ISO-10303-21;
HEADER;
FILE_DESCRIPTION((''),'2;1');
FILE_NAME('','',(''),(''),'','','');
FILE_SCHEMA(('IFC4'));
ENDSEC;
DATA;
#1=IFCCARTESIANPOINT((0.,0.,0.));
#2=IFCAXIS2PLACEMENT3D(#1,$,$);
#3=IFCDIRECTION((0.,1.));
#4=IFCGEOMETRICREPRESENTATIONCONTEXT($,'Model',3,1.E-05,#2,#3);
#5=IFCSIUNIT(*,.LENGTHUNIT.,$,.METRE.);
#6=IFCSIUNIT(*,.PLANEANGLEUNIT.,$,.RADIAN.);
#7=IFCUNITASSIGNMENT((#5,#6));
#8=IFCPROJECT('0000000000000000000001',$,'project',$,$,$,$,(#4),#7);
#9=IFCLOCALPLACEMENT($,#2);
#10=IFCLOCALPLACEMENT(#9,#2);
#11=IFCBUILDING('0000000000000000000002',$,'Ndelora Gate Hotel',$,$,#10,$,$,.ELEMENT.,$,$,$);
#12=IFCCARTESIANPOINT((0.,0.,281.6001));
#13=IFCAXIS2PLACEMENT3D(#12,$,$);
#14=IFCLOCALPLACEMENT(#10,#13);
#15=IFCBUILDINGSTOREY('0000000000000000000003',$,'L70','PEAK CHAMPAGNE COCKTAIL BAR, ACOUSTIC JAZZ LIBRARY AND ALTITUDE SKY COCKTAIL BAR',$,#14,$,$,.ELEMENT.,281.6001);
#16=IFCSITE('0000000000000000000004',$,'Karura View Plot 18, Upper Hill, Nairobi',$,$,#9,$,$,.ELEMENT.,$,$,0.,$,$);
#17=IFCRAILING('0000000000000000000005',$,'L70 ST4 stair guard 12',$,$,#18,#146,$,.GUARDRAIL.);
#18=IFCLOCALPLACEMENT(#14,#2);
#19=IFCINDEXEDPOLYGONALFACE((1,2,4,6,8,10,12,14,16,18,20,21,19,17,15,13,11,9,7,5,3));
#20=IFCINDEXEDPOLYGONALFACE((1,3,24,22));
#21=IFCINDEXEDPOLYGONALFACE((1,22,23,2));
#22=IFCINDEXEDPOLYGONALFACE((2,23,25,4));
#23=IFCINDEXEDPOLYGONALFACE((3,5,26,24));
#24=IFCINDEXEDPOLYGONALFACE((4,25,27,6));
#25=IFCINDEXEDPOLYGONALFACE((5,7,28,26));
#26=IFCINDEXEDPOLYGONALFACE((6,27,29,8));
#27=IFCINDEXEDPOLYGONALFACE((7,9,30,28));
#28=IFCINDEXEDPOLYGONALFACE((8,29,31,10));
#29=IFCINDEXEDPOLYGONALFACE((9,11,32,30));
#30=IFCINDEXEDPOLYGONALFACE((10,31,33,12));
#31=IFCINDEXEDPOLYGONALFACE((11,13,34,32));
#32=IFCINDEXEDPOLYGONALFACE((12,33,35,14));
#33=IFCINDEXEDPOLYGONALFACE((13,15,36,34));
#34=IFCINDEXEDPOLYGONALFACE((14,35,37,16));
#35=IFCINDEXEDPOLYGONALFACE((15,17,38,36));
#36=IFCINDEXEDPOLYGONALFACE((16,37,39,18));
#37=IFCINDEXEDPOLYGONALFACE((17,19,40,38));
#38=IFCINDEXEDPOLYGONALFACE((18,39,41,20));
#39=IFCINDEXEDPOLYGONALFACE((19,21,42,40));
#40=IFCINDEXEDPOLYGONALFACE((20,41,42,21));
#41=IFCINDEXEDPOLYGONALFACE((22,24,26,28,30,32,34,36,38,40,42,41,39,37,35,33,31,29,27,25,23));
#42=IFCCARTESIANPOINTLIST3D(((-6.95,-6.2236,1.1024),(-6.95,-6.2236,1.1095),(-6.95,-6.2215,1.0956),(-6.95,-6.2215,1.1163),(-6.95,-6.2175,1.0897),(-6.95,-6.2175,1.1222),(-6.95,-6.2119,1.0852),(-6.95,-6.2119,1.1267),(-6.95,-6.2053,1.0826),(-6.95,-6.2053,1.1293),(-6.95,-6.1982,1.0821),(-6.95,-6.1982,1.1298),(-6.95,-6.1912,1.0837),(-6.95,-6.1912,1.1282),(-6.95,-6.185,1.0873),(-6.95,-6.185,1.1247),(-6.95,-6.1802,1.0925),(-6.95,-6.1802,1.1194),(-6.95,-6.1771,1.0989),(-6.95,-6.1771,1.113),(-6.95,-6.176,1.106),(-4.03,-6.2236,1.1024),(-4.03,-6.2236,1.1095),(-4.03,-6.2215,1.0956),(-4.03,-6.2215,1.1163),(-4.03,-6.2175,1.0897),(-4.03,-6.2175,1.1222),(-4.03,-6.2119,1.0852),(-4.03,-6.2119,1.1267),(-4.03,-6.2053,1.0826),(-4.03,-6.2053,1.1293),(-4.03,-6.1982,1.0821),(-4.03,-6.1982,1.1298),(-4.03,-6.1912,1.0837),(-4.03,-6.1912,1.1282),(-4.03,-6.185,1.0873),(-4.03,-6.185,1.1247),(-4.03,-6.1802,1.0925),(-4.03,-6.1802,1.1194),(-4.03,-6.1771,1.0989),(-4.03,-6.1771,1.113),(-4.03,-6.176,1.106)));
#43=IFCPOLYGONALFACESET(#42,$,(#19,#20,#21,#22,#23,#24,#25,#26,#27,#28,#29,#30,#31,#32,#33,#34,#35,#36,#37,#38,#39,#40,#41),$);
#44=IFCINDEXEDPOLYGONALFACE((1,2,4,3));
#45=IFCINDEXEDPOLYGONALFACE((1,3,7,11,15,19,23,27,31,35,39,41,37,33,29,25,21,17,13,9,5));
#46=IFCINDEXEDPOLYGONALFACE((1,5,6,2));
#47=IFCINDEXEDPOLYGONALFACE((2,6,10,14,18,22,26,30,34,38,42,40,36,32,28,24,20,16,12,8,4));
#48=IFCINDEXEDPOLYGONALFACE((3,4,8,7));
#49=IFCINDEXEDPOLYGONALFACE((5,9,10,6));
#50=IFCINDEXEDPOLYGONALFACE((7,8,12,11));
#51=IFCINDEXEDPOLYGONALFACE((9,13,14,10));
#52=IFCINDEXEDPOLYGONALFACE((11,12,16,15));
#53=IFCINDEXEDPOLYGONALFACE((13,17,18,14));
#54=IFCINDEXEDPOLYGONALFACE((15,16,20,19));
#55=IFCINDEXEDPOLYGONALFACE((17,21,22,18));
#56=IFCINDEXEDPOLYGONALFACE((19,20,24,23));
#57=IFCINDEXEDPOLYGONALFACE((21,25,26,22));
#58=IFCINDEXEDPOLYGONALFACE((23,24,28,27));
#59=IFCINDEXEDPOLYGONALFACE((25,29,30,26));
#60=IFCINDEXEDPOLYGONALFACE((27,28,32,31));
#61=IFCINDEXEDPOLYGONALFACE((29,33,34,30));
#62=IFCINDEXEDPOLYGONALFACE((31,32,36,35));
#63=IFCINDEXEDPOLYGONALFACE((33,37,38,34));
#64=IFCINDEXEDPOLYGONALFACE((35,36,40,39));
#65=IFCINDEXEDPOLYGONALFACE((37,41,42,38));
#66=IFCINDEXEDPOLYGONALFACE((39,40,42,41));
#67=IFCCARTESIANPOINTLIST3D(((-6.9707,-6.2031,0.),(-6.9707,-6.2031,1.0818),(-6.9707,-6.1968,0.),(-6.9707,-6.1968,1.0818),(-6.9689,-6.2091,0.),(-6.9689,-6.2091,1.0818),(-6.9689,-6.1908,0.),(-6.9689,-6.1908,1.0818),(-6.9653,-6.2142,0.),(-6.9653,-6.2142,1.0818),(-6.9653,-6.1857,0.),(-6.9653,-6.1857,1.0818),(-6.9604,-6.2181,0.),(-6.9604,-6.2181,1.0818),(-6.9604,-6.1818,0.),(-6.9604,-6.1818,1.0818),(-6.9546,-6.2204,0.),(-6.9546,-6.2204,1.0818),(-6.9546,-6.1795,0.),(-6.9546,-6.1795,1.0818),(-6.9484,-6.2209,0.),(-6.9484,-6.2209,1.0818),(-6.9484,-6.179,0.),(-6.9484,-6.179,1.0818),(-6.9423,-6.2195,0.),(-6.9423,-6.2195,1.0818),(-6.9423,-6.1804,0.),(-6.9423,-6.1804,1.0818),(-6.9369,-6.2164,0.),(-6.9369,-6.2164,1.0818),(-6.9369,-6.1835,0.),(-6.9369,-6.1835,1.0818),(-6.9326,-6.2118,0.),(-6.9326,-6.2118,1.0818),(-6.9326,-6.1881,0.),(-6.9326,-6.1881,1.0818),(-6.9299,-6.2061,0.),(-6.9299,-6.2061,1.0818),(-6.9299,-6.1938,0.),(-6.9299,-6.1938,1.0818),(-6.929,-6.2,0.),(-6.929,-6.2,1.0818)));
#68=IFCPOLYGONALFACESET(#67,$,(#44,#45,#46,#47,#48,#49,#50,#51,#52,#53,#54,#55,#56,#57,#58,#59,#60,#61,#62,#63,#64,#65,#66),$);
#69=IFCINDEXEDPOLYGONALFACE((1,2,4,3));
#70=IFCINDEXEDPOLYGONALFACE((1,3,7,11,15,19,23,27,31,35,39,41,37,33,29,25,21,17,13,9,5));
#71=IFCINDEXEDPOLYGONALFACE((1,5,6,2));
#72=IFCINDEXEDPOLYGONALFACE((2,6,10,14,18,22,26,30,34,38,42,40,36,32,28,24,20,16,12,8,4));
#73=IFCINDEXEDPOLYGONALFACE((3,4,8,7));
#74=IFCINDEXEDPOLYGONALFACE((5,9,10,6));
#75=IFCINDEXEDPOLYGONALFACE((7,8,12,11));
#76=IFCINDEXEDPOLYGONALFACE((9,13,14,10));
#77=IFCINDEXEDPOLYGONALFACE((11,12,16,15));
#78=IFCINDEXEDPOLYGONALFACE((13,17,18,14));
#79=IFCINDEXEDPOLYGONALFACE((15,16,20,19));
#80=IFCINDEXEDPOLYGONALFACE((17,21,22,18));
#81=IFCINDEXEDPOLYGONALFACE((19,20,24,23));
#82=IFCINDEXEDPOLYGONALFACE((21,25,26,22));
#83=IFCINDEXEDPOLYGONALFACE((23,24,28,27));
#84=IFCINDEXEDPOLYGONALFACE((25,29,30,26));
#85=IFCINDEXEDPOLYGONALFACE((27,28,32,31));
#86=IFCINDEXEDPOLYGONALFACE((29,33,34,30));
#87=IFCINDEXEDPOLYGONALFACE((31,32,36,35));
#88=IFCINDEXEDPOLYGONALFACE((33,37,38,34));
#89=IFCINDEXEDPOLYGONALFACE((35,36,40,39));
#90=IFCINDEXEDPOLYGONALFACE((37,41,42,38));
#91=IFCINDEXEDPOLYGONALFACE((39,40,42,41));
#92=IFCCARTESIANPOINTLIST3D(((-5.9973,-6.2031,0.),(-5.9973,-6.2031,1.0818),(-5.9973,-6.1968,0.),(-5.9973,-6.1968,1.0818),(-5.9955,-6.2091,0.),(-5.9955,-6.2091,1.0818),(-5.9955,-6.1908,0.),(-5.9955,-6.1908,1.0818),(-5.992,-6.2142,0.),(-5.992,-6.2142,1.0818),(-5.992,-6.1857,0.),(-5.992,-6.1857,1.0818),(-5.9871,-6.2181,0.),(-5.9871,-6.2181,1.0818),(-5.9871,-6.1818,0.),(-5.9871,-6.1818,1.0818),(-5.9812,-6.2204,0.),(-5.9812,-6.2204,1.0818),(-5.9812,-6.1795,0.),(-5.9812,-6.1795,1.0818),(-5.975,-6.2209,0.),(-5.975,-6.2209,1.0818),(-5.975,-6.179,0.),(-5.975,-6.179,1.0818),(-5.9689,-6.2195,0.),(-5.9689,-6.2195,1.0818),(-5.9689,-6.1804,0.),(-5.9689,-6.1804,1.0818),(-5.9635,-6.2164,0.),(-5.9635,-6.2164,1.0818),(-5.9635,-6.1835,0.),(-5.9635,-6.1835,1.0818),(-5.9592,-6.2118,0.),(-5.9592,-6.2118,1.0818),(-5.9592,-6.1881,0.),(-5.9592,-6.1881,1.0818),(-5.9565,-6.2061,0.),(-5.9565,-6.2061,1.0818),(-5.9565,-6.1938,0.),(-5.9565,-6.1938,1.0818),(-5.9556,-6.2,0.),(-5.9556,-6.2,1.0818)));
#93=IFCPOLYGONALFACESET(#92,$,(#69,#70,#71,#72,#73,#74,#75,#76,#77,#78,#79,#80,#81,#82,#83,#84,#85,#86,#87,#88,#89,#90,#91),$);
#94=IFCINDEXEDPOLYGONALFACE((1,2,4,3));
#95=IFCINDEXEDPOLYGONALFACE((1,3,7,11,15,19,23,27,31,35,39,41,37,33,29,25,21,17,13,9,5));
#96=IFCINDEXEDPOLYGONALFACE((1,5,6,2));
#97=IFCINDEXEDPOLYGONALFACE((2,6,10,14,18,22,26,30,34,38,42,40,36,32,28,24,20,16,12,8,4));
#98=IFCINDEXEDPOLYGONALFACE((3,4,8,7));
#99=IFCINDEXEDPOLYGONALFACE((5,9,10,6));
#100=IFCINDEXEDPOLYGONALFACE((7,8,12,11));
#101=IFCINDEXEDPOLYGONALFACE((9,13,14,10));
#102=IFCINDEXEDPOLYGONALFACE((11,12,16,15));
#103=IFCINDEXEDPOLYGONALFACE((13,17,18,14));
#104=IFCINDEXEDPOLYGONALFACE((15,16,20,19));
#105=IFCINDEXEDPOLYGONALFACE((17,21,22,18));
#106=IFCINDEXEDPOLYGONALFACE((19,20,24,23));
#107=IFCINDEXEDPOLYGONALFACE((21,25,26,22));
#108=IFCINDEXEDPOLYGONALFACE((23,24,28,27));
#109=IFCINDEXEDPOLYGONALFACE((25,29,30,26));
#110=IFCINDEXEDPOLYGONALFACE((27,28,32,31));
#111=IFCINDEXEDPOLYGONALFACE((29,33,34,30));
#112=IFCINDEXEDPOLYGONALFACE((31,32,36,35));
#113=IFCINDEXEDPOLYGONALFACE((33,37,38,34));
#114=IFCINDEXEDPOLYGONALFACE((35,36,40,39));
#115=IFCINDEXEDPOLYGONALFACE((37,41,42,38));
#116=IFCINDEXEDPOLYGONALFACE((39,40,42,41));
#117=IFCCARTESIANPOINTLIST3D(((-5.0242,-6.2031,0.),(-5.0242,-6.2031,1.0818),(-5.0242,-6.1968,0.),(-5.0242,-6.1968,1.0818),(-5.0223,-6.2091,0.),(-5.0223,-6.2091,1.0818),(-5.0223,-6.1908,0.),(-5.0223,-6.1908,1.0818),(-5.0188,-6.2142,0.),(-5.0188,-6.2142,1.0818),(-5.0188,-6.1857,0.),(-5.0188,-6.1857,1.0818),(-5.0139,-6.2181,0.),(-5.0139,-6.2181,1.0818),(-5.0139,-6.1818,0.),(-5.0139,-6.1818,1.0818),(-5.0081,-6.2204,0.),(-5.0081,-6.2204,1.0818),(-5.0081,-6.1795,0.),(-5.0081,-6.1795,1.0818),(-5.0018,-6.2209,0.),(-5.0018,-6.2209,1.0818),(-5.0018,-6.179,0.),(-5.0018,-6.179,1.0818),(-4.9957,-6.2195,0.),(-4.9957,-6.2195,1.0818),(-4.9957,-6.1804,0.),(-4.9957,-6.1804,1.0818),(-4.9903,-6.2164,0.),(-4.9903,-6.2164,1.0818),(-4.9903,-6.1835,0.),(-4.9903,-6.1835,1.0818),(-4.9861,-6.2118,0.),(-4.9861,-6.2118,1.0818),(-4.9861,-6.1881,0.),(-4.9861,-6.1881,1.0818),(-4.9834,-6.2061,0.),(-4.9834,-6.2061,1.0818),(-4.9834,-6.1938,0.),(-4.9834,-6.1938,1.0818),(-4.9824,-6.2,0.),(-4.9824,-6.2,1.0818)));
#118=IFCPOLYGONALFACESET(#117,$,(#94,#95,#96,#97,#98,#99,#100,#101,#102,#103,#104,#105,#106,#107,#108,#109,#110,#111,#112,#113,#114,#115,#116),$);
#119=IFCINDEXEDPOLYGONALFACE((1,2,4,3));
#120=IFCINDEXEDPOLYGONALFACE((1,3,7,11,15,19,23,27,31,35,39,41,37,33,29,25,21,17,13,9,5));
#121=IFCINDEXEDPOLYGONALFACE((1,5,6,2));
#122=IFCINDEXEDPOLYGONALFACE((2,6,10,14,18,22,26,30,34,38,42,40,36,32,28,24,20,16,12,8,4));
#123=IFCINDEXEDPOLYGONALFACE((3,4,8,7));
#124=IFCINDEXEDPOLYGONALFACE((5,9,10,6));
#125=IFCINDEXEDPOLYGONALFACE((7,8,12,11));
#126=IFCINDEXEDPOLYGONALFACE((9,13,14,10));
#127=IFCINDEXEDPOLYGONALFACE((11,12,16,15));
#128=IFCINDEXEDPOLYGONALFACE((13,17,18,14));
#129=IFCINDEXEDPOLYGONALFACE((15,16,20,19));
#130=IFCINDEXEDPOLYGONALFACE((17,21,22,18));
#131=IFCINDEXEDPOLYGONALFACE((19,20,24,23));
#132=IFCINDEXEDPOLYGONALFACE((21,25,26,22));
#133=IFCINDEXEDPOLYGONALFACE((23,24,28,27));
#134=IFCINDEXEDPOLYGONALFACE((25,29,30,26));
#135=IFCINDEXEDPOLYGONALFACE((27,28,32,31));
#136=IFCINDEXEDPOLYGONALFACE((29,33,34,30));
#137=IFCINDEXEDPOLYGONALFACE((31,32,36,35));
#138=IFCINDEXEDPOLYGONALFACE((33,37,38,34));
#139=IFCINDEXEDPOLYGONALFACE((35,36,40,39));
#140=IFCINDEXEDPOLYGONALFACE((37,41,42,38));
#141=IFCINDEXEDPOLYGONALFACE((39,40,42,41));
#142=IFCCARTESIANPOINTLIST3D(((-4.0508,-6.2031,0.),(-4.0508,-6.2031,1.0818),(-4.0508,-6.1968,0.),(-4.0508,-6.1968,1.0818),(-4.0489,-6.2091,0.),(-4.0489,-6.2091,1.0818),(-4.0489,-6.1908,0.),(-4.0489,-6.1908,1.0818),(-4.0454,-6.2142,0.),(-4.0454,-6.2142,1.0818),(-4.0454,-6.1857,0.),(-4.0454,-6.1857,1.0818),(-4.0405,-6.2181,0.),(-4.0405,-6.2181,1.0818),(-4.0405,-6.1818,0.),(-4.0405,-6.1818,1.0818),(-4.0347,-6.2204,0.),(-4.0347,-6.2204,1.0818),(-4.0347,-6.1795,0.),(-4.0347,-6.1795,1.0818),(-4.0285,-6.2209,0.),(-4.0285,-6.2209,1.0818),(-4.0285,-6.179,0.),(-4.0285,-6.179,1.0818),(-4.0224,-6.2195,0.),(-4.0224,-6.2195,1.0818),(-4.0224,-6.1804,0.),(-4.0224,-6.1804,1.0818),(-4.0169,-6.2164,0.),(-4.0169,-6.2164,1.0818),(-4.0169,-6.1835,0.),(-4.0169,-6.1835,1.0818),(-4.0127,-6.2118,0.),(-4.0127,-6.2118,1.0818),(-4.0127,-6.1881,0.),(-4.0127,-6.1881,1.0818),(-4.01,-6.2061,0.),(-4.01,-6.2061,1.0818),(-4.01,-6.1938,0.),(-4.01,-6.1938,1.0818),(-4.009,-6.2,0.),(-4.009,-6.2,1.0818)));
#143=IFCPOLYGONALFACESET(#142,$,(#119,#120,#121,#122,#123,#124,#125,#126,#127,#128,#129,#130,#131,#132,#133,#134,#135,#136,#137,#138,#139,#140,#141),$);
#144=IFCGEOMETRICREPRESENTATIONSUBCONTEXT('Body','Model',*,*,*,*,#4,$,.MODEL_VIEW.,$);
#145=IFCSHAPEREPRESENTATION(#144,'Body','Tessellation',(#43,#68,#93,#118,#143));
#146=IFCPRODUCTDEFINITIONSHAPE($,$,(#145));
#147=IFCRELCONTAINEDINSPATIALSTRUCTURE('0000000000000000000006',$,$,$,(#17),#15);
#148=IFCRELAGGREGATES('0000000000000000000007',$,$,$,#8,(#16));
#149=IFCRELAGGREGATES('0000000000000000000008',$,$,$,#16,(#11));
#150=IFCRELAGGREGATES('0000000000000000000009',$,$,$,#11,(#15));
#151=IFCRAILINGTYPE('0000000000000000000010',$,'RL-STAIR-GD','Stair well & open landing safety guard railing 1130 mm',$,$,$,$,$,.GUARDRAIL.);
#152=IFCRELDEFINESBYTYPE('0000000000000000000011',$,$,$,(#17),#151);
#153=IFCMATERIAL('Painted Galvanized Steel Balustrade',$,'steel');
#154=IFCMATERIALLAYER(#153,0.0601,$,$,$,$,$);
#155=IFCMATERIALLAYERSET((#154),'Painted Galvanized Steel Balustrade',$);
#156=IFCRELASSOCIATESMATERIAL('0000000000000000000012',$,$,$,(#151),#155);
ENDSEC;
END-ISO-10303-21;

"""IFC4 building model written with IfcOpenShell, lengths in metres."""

from ifc_helpers import new_model, si_unit, direction, frame, origin, origin_2d, place, context, subcontext, project, spatial, circle, extrude, material, layer, layer_set, type_object, element, save


model = new_model("IFC4")

# Units and contexts
model_context = context("Model", 3, precision=1e-05, world=origin(), true_north=direction((0.0, 1.0)))
body_context = subcontext(model_context, "Body", "Model", "MODEL_VIEW")
ifc_project = project(units=[si_unit("LENGTHUNIT", "METRE"), si_unit("PLANEANGLEUNIT", "RADIAN")], contexts=[model_context])

# Site, building, storey
site_placement = place(None, origin())
site = spatial("IfcSite", under=ifc_project, at=site_placement, Name="Karura View Plot 18, Upper Hill, Nairobi", CompositionType="ELEMENT", RefElevation=0.0)
building_placement = place(site_placement, origin())
building = spatial("IfcBuilding", under=site, at=building_placement, Name="Ndelora Gate Hotel", CompositionType="ELEMENT")
storey_placement = place(building_placement, frame((0.0, 0.0, 281.6001)))
storey = spatial("IfcBuildingStorey", under=building, at=storey_placement, Name="L70", Description="PEAK CHAMPAGNE COCKTAIL BAR, ACOUSTIC JAZZ LIBRARY AND ALTITUDE SKY COCKTAIL BAR", CompositionType="ELEMENT", Elevation=281.6001)

# Railing
ifc_material_1 = material(Name="Painted Galvanized Steel Balustrade", Category="steel")
ifc_layer_1 = layer(ifc_material_1, 0.0601)
ifc_layer_set_1 = layer_set([ifc_layer_1], Name="Painted Galvanized Steel Balustrade")
railing_type_1 = type_object("IfcRailingType", Name="RL-STAIR-GD", Description="Stair well & open landing safety guard railing 1130 mm", PredefinedType="GUARDRAIL", material=ifc_layer_set_1)
railing_1_placement = place(storey_placement, frame((-6.95, -6.2, 0.0)))
element("IfcRailing", 1, at=railing_1_placement, inside=storey, type_object=railing_type_1, Name="L70 ST4 stair guard 12", PredefinedType="GUARDRAIL", context=body_context, shape_type="SweptSolid", body=[
    extrude(circle(Radius=0.0239, at=origin_2d()), frame((0.0, 0.0, 1.106), z_axis=(1.0, 0.0, 0.0), x_axis=(0.0, 1.0, 0.0)), (0.0, 0.0, 1.0), 2.9199),
    extrude(circle(Radius=0.021, at=origin_2d()), origin(), (0.0, 0.0, 1.0), 1.0818),
    extrude(circle(Radius=0.021, at=origin_2d()), frame((0.9734, 0.0, 0.0)), (0.0, 0.0, 1.0), 1.0818),
    extrude(circle(Radius=0.021, at=origin_2d()), frame((1.9465, 0.0, 0.0)), (0.0, 0.0, 1.0), 1.0818),
    extrude(circle(Radius=0.021, at=origin_2d()), frame((2.9199, 0.0, 0.0)), (0.0, 0.0, 1.0), 1.0818),
])

save(model, "model.ifc")
